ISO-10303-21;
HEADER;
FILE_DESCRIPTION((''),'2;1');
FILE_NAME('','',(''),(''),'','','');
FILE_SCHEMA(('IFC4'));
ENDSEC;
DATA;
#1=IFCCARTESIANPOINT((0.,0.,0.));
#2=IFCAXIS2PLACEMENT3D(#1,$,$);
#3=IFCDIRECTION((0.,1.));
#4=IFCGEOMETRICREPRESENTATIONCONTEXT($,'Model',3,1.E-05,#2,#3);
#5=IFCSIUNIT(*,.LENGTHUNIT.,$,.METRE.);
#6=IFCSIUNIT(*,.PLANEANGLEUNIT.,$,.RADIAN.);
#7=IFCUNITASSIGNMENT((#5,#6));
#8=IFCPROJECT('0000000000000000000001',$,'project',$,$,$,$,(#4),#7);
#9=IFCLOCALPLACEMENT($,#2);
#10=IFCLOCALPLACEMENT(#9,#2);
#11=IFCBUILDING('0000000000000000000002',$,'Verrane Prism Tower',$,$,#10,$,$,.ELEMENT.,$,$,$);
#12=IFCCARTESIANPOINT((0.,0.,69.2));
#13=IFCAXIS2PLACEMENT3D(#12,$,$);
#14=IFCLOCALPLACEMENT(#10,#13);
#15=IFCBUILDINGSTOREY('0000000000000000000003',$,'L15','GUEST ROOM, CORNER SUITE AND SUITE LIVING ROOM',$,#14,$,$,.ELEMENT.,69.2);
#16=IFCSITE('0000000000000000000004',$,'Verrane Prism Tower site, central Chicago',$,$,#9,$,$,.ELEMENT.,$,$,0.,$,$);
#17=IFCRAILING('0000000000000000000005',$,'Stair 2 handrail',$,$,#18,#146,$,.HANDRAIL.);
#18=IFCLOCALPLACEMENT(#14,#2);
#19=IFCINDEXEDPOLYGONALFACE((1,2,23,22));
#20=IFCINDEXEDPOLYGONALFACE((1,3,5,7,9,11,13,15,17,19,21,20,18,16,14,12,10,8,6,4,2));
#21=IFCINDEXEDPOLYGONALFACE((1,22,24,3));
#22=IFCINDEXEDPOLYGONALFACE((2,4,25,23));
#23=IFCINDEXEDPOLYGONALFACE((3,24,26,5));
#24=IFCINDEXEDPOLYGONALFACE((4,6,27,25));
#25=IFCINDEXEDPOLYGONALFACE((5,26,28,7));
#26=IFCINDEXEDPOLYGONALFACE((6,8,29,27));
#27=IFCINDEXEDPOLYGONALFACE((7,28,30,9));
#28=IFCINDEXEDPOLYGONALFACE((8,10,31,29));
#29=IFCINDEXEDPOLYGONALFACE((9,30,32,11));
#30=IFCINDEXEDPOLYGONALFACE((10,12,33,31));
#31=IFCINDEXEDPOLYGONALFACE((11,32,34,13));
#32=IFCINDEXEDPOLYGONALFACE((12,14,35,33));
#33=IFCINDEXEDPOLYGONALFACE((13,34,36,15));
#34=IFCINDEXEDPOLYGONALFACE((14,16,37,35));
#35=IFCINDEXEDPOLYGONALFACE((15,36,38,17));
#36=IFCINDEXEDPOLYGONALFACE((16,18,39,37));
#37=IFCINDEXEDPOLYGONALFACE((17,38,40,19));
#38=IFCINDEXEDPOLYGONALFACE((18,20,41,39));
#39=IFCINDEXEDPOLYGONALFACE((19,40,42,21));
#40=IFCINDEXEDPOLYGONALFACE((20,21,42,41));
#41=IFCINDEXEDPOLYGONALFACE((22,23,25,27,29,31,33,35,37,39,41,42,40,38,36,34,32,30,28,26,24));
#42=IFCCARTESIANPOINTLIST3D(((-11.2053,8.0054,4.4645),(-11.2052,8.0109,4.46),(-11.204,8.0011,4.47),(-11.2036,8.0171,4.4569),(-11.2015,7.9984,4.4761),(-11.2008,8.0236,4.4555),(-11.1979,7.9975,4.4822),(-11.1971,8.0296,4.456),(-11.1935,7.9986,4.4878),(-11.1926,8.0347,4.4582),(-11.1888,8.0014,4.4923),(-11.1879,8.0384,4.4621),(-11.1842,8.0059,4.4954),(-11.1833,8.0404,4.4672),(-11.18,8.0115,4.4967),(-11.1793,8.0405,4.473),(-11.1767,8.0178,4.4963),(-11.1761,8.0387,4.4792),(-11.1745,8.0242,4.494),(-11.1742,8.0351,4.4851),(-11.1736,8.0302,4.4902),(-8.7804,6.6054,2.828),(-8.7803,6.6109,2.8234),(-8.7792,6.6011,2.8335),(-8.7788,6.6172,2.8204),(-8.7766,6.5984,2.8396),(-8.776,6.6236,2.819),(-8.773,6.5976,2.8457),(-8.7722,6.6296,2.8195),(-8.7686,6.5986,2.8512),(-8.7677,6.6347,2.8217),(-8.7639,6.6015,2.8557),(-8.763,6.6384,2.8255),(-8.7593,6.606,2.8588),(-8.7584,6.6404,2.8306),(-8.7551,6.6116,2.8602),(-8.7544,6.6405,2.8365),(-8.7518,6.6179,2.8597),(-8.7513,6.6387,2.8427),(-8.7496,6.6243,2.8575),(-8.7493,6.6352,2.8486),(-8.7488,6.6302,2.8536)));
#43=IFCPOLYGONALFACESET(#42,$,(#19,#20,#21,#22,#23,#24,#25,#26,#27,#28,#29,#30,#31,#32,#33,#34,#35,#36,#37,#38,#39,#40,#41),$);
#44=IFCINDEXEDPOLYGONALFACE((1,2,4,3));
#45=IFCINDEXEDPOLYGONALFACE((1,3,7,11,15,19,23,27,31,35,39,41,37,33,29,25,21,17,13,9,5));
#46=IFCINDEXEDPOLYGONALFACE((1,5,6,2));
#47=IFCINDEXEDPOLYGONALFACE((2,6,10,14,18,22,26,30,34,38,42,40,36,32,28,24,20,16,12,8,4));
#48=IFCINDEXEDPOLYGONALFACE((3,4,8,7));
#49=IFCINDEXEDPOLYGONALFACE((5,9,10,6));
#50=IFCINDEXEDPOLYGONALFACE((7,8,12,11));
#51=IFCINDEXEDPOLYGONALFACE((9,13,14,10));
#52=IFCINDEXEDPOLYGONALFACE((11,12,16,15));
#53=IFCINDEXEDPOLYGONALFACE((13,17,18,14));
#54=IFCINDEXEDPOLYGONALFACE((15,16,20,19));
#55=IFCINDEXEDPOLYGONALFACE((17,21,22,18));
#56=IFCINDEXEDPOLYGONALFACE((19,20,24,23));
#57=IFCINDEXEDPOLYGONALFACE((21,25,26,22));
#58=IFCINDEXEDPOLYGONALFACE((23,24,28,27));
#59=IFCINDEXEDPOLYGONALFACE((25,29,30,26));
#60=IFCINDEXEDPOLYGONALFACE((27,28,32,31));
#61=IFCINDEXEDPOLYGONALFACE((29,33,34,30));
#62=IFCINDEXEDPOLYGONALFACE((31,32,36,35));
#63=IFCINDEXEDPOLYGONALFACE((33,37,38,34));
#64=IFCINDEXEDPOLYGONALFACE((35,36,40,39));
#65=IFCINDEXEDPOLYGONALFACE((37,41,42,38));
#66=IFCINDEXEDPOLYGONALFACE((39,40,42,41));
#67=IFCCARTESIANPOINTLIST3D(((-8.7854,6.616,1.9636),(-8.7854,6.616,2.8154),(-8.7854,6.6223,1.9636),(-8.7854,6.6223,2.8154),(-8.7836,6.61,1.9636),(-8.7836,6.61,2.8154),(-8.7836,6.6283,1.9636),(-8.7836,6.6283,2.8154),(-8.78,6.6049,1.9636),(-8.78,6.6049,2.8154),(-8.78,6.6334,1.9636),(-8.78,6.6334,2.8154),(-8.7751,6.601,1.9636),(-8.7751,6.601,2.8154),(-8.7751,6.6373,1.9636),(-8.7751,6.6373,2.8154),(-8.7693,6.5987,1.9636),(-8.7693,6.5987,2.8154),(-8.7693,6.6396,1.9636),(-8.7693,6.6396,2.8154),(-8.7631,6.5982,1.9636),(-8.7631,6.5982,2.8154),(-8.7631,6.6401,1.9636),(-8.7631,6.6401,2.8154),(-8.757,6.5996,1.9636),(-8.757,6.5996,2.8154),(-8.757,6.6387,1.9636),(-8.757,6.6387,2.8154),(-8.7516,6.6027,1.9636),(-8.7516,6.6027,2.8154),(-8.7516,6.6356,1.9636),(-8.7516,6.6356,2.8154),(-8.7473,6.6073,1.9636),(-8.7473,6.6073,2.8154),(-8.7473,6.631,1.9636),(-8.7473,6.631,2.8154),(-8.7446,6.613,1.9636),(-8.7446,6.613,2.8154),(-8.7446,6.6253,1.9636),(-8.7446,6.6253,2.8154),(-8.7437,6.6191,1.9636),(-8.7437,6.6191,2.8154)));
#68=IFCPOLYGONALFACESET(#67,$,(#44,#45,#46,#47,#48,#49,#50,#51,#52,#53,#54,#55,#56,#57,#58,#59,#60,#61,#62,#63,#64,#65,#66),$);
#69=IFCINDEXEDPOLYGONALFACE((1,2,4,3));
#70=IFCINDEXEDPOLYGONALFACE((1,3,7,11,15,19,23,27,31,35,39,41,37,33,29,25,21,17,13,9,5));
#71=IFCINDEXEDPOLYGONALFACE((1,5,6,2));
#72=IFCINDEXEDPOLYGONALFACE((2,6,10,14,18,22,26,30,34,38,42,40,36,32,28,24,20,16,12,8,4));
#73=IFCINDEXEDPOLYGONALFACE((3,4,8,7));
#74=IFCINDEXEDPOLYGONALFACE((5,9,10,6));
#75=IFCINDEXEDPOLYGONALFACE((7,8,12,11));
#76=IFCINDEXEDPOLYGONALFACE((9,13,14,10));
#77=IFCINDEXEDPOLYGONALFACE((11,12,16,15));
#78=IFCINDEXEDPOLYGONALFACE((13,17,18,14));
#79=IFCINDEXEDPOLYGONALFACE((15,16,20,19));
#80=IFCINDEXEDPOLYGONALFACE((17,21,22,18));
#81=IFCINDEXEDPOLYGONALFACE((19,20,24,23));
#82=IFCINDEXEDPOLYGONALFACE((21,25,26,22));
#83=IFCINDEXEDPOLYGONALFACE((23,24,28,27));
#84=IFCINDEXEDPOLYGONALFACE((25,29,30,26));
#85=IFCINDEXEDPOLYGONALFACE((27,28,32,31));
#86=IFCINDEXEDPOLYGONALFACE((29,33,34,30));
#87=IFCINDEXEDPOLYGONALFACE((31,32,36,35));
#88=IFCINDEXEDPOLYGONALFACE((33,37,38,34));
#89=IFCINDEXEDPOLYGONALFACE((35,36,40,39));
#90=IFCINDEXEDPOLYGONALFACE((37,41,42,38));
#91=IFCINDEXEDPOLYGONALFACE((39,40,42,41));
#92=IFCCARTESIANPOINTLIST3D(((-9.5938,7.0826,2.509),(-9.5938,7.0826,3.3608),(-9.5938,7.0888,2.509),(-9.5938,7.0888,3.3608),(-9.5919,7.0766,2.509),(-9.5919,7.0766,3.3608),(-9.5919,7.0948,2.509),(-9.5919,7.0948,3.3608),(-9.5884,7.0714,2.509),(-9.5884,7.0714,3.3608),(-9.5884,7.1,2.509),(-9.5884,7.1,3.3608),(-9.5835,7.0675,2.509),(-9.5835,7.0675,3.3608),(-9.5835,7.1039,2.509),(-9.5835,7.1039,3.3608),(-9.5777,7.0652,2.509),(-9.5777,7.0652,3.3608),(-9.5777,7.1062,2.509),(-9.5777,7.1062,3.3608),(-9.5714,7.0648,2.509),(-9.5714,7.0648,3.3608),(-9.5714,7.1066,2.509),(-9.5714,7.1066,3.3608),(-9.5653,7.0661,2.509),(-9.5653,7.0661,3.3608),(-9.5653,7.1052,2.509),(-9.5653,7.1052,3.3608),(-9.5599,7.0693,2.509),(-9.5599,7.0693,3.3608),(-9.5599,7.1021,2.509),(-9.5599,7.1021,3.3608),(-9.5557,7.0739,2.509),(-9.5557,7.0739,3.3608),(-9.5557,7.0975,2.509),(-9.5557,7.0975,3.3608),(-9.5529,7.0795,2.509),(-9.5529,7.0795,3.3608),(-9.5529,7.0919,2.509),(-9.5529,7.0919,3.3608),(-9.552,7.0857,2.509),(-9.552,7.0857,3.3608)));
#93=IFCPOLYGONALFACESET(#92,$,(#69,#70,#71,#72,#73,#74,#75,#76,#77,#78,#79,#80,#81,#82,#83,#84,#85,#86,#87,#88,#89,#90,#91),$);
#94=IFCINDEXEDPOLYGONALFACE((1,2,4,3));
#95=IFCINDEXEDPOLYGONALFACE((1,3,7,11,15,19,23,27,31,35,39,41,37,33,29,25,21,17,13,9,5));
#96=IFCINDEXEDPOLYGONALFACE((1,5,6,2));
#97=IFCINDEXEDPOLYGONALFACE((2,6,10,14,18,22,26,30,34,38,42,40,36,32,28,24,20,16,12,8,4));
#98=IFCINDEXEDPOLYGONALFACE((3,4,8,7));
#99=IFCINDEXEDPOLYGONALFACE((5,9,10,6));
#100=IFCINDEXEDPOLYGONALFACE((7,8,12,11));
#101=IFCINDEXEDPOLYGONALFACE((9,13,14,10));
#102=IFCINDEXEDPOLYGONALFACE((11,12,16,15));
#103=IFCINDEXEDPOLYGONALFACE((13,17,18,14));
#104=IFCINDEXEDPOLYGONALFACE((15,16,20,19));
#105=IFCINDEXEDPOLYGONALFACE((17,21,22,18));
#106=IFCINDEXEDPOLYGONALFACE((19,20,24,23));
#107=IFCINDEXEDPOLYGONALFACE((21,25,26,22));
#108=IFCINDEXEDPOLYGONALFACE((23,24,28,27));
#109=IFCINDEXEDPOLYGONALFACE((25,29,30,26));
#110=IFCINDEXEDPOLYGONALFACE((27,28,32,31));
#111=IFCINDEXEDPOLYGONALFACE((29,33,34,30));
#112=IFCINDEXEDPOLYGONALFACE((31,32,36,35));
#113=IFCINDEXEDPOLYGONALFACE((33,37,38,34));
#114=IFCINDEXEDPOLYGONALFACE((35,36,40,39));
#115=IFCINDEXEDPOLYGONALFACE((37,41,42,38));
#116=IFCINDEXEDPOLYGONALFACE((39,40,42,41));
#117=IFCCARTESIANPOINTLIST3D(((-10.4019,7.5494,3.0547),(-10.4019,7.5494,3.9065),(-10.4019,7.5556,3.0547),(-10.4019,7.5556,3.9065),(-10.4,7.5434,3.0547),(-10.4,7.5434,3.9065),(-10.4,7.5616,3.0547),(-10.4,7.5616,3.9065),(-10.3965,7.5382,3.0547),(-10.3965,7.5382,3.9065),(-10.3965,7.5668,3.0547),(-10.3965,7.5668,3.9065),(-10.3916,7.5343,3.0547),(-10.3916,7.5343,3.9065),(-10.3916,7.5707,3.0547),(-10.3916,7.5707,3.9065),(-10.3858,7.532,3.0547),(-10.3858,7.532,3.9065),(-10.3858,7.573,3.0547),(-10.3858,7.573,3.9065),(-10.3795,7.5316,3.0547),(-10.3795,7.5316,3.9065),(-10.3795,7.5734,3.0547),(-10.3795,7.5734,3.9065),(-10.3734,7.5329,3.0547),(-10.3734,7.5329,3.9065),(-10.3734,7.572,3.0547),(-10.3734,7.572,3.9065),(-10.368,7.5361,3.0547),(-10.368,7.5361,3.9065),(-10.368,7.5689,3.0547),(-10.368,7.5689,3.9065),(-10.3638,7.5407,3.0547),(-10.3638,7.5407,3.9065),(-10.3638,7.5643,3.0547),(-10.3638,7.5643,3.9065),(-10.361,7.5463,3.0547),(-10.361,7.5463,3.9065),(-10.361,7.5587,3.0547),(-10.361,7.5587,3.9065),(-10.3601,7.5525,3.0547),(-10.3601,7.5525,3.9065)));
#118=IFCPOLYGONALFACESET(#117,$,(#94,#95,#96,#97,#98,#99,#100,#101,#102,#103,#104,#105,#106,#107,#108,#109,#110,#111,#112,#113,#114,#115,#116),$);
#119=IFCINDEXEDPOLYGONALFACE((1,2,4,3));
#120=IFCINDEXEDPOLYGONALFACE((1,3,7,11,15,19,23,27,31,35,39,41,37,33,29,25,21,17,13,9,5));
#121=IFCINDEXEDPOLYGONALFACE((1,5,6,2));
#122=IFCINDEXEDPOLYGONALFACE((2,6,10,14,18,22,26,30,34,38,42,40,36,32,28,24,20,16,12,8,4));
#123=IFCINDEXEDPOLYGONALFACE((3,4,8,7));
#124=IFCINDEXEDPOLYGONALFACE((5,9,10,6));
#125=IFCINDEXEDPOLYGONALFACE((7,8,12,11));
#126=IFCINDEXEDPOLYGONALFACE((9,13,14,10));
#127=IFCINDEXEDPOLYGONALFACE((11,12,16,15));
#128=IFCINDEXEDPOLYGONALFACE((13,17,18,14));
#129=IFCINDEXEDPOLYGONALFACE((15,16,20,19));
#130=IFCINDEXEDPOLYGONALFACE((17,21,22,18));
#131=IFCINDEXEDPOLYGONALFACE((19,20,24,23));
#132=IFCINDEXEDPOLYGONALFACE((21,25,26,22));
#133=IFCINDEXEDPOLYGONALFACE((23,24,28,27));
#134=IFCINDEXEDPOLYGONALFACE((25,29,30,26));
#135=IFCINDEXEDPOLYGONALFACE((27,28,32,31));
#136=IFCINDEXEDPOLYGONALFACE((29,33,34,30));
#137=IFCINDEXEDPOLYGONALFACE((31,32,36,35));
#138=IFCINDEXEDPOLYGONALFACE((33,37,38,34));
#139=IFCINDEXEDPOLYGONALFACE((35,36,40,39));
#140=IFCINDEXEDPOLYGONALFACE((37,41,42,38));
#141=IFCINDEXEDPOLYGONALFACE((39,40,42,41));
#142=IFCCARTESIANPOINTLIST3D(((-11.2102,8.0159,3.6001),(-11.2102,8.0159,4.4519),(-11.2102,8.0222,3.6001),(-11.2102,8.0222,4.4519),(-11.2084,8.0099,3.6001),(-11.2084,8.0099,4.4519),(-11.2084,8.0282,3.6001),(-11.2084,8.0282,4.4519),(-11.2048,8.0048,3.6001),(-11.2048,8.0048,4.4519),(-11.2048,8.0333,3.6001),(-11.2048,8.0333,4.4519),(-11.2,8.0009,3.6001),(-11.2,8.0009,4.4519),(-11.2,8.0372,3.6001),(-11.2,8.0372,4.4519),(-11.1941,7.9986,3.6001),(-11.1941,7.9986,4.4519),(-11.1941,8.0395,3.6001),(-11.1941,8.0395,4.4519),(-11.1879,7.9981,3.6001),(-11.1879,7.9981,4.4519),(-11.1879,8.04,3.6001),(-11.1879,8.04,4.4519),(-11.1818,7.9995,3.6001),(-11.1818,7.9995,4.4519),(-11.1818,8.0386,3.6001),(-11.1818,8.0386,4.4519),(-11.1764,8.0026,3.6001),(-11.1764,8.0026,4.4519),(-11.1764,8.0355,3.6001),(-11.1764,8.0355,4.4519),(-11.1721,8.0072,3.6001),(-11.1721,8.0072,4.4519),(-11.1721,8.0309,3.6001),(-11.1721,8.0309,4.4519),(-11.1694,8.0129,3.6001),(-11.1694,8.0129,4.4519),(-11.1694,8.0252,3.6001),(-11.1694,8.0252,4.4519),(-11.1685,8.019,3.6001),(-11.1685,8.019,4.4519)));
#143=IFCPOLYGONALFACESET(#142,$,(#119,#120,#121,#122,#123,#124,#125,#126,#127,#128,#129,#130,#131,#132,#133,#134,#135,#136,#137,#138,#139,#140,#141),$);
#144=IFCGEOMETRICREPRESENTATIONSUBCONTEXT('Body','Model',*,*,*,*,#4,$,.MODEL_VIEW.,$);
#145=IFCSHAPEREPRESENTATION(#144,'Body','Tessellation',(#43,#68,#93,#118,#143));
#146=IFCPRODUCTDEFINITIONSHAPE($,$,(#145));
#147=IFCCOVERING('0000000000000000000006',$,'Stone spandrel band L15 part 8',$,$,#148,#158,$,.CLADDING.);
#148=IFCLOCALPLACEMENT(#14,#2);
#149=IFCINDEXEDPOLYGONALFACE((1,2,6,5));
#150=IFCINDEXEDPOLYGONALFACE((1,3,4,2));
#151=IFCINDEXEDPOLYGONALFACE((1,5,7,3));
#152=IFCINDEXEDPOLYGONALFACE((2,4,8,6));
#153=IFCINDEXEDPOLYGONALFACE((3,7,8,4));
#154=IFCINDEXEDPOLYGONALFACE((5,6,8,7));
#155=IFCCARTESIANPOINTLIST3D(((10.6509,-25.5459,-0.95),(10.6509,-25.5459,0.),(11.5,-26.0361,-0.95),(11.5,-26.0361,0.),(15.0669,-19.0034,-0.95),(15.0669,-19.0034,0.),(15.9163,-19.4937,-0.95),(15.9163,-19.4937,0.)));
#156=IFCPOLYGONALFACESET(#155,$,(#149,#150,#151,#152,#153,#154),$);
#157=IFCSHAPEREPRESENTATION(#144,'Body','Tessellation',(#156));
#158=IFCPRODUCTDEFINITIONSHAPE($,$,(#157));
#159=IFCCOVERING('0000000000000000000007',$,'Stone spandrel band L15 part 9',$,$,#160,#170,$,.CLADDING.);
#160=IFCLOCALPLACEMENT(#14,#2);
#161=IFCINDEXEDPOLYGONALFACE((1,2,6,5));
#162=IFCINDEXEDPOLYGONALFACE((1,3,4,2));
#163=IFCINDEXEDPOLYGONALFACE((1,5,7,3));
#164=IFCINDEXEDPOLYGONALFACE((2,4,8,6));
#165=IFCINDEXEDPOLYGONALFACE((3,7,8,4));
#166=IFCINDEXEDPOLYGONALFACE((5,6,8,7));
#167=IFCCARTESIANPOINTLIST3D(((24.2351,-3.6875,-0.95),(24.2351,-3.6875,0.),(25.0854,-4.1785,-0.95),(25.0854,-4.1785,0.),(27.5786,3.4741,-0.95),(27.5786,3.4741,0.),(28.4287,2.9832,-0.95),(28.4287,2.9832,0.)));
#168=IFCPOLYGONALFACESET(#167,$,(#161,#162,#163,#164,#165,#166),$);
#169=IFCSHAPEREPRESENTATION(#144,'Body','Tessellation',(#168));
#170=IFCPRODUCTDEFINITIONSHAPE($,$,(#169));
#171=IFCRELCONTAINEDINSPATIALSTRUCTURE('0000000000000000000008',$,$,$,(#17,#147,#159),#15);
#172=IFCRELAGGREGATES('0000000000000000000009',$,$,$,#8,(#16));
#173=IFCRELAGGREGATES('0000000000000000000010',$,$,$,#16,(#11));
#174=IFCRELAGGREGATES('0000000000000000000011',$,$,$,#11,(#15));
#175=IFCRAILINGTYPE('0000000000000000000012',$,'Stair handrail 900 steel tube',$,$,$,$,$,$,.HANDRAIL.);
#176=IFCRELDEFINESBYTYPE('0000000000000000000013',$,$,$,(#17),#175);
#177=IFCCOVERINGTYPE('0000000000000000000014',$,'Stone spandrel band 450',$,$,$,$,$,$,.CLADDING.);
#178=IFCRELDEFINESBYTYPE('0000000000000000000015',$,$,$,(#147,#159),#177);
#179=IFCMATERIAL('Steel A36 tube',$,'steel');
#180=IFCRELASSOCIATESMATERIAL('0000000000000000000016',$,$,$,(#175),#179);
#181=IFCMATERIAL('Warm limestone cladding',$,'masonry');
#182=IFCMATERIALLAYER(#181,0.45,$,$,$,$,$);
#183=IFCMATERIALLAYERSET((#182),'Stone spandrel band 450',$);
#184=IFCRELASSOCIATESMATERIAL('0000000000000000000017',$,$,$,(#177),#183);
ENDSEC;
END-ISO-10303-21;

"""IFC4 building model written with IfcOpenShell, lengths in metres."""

from ifc_helpers import new_model, si_unit, direction, frame, origin, origin_2d, place, context, subcontext, project, spatial, polyline, circle, outline, extrude, material, layer, layer_set, type_object, element, save


model = new_model("IFC4")

# Units and contexts
model_context = context("Model", 3, precision=1e-05, world=origin(), true_north=direction((0.0, 1.0)))
body_context = subcontext(model_context, "Body", "Model", "MODEL_VIEW")
ifc_project = project(units=[si_unit("LENGTHUNIT", "METRE"), si_unit("PLANEANGLEUNIT", "RADIAN")], contexts=[model_context])

# Site, building, storey
site_placement = place(None, origin())
site = spatial("IfcSite", under=ifc_project, at=site_placement, Name="Verrane Prism Tower site, central Chicago", CompositionType="ELEMENT", RefElevation=0.0)
building_placement = place(site_placement, origin())
building = spatial("IfcBuilding", under=site, at=building_placement, Name="Verrane Prism Tower", CompositionType="ELEMENT")
storey_placement = place(building_placement, frame((0.0, 0.0, 69.2)))
storey = spatial("IfcBuildingStorey", under=building, at=storey_placement, Name="L15", Description="GUEST ROOM, CORNER SUITE AND SUITE LIVING ROOM", CompositionType="ELEMENT", Elevation=69.2)

# Railing
ifc_material_1 = material(Name="Steel A36 tube", Category="steel")
railing_type_1 = type_object("IfcRailingType", Name="Stair handrail 900 steel tube", PredefinedType="HANDRAIL", material=ifc_material_1)
railing_1_placement = place(storey_placement, frame((-8.7646, 6.6191, 1.9636)))
element("IfcRailing", 1, at=railing_1_placement, inside=storey, type_object=railing_type_1, Name="Stair 2 handrail", PredefinedType="HANDRAIL", context=body_context, shape_type="SweptSolid", body=[
    extrude(circle(Radius=0.0239, at=origin_2d()), frame((0.0, 0.0, 0.876), z_axis=(-0.74769, 0.431661, 0.504608), x_axis=(-0.499984, -0.866035, 0.0)), (0.0, 0.0, 1.0), 3.2432),
    extrude(circle(Radius=0.021, at=origin_2d()), origin(), (0.0, 0.0, 1.0), 0.8518),
    extrude(circle(Radius=0.021, at=origin_2d()), frame((-0.8083, 0.4666, 0.5454)), (0.0, 0.0, 1.0), 0.8518),
    extrude(circle(Radius=0.021, at=origin_2d()), frame((-1.6165, 0.9333, 1.0911)), (0.0, 0.0, 1.0), 0.8518),
    extrude(circle(Radius=0.021, at=origin_2d()), frame((-2.4248, 1.3999, 1.6365)), (0.0, 0.0, 1.0), 0.8518),
])

# Coverings
ifc_material_2 = material(Name="Warm limestone cladding", Category="masonry")
ifc_layer_1 = layer(ifc_material_2, 0.45)
ifc_layer_set_1 = layer_set([ifc_layer_1], Name="Stone spandrel band 450")
covering_type = type_object("IfcCoveringType", Name="Stone spandrel band 450", PredefinedType="CLADDING", material=ifc_layer_set_1)
covering_1_placement = place(storey_placement, frame((0.0, 0.0, -0.95)))
element("IfcCovering", 2, at=covering_1_placement, inside=storey, type_object=covering_type, Name="Stone spandrel band L15 part 8", PredefinedType="CLADDING", context=body_context, shape_type="SweptSolid", body=[
    extrude(outline(polyline([(15.0669, -19.0034), (10.6509, -25.5459), (11.5, -26.0361), (15.9163, -19.4937), (15.0669, -19.0034)])), origin(), (0.0, 0.0, 1.0), 0.95),
])
covering_2_placement = place(storey_placement, frame((0.0, 0.0, -0.95)))
element("IfcCovering", 3, at=covering_2_placement, inside=storey, type_object=covering_type, Name="Stone spandrel band L15 part 9", PredefinedType="CLADDING", context=body_context, shape_type="SweptSolid", body=[
    extrude(outline(polyline([(27.5786, 3.4741), (24.2351, -3.6875), (25.0854, -4.1785), (28.4287, 2.9832), (27.5786, 3.4741)])), origin(), (0.0, 0.0, 1.0), 0.95),
])

save(model, "model.ifc")
